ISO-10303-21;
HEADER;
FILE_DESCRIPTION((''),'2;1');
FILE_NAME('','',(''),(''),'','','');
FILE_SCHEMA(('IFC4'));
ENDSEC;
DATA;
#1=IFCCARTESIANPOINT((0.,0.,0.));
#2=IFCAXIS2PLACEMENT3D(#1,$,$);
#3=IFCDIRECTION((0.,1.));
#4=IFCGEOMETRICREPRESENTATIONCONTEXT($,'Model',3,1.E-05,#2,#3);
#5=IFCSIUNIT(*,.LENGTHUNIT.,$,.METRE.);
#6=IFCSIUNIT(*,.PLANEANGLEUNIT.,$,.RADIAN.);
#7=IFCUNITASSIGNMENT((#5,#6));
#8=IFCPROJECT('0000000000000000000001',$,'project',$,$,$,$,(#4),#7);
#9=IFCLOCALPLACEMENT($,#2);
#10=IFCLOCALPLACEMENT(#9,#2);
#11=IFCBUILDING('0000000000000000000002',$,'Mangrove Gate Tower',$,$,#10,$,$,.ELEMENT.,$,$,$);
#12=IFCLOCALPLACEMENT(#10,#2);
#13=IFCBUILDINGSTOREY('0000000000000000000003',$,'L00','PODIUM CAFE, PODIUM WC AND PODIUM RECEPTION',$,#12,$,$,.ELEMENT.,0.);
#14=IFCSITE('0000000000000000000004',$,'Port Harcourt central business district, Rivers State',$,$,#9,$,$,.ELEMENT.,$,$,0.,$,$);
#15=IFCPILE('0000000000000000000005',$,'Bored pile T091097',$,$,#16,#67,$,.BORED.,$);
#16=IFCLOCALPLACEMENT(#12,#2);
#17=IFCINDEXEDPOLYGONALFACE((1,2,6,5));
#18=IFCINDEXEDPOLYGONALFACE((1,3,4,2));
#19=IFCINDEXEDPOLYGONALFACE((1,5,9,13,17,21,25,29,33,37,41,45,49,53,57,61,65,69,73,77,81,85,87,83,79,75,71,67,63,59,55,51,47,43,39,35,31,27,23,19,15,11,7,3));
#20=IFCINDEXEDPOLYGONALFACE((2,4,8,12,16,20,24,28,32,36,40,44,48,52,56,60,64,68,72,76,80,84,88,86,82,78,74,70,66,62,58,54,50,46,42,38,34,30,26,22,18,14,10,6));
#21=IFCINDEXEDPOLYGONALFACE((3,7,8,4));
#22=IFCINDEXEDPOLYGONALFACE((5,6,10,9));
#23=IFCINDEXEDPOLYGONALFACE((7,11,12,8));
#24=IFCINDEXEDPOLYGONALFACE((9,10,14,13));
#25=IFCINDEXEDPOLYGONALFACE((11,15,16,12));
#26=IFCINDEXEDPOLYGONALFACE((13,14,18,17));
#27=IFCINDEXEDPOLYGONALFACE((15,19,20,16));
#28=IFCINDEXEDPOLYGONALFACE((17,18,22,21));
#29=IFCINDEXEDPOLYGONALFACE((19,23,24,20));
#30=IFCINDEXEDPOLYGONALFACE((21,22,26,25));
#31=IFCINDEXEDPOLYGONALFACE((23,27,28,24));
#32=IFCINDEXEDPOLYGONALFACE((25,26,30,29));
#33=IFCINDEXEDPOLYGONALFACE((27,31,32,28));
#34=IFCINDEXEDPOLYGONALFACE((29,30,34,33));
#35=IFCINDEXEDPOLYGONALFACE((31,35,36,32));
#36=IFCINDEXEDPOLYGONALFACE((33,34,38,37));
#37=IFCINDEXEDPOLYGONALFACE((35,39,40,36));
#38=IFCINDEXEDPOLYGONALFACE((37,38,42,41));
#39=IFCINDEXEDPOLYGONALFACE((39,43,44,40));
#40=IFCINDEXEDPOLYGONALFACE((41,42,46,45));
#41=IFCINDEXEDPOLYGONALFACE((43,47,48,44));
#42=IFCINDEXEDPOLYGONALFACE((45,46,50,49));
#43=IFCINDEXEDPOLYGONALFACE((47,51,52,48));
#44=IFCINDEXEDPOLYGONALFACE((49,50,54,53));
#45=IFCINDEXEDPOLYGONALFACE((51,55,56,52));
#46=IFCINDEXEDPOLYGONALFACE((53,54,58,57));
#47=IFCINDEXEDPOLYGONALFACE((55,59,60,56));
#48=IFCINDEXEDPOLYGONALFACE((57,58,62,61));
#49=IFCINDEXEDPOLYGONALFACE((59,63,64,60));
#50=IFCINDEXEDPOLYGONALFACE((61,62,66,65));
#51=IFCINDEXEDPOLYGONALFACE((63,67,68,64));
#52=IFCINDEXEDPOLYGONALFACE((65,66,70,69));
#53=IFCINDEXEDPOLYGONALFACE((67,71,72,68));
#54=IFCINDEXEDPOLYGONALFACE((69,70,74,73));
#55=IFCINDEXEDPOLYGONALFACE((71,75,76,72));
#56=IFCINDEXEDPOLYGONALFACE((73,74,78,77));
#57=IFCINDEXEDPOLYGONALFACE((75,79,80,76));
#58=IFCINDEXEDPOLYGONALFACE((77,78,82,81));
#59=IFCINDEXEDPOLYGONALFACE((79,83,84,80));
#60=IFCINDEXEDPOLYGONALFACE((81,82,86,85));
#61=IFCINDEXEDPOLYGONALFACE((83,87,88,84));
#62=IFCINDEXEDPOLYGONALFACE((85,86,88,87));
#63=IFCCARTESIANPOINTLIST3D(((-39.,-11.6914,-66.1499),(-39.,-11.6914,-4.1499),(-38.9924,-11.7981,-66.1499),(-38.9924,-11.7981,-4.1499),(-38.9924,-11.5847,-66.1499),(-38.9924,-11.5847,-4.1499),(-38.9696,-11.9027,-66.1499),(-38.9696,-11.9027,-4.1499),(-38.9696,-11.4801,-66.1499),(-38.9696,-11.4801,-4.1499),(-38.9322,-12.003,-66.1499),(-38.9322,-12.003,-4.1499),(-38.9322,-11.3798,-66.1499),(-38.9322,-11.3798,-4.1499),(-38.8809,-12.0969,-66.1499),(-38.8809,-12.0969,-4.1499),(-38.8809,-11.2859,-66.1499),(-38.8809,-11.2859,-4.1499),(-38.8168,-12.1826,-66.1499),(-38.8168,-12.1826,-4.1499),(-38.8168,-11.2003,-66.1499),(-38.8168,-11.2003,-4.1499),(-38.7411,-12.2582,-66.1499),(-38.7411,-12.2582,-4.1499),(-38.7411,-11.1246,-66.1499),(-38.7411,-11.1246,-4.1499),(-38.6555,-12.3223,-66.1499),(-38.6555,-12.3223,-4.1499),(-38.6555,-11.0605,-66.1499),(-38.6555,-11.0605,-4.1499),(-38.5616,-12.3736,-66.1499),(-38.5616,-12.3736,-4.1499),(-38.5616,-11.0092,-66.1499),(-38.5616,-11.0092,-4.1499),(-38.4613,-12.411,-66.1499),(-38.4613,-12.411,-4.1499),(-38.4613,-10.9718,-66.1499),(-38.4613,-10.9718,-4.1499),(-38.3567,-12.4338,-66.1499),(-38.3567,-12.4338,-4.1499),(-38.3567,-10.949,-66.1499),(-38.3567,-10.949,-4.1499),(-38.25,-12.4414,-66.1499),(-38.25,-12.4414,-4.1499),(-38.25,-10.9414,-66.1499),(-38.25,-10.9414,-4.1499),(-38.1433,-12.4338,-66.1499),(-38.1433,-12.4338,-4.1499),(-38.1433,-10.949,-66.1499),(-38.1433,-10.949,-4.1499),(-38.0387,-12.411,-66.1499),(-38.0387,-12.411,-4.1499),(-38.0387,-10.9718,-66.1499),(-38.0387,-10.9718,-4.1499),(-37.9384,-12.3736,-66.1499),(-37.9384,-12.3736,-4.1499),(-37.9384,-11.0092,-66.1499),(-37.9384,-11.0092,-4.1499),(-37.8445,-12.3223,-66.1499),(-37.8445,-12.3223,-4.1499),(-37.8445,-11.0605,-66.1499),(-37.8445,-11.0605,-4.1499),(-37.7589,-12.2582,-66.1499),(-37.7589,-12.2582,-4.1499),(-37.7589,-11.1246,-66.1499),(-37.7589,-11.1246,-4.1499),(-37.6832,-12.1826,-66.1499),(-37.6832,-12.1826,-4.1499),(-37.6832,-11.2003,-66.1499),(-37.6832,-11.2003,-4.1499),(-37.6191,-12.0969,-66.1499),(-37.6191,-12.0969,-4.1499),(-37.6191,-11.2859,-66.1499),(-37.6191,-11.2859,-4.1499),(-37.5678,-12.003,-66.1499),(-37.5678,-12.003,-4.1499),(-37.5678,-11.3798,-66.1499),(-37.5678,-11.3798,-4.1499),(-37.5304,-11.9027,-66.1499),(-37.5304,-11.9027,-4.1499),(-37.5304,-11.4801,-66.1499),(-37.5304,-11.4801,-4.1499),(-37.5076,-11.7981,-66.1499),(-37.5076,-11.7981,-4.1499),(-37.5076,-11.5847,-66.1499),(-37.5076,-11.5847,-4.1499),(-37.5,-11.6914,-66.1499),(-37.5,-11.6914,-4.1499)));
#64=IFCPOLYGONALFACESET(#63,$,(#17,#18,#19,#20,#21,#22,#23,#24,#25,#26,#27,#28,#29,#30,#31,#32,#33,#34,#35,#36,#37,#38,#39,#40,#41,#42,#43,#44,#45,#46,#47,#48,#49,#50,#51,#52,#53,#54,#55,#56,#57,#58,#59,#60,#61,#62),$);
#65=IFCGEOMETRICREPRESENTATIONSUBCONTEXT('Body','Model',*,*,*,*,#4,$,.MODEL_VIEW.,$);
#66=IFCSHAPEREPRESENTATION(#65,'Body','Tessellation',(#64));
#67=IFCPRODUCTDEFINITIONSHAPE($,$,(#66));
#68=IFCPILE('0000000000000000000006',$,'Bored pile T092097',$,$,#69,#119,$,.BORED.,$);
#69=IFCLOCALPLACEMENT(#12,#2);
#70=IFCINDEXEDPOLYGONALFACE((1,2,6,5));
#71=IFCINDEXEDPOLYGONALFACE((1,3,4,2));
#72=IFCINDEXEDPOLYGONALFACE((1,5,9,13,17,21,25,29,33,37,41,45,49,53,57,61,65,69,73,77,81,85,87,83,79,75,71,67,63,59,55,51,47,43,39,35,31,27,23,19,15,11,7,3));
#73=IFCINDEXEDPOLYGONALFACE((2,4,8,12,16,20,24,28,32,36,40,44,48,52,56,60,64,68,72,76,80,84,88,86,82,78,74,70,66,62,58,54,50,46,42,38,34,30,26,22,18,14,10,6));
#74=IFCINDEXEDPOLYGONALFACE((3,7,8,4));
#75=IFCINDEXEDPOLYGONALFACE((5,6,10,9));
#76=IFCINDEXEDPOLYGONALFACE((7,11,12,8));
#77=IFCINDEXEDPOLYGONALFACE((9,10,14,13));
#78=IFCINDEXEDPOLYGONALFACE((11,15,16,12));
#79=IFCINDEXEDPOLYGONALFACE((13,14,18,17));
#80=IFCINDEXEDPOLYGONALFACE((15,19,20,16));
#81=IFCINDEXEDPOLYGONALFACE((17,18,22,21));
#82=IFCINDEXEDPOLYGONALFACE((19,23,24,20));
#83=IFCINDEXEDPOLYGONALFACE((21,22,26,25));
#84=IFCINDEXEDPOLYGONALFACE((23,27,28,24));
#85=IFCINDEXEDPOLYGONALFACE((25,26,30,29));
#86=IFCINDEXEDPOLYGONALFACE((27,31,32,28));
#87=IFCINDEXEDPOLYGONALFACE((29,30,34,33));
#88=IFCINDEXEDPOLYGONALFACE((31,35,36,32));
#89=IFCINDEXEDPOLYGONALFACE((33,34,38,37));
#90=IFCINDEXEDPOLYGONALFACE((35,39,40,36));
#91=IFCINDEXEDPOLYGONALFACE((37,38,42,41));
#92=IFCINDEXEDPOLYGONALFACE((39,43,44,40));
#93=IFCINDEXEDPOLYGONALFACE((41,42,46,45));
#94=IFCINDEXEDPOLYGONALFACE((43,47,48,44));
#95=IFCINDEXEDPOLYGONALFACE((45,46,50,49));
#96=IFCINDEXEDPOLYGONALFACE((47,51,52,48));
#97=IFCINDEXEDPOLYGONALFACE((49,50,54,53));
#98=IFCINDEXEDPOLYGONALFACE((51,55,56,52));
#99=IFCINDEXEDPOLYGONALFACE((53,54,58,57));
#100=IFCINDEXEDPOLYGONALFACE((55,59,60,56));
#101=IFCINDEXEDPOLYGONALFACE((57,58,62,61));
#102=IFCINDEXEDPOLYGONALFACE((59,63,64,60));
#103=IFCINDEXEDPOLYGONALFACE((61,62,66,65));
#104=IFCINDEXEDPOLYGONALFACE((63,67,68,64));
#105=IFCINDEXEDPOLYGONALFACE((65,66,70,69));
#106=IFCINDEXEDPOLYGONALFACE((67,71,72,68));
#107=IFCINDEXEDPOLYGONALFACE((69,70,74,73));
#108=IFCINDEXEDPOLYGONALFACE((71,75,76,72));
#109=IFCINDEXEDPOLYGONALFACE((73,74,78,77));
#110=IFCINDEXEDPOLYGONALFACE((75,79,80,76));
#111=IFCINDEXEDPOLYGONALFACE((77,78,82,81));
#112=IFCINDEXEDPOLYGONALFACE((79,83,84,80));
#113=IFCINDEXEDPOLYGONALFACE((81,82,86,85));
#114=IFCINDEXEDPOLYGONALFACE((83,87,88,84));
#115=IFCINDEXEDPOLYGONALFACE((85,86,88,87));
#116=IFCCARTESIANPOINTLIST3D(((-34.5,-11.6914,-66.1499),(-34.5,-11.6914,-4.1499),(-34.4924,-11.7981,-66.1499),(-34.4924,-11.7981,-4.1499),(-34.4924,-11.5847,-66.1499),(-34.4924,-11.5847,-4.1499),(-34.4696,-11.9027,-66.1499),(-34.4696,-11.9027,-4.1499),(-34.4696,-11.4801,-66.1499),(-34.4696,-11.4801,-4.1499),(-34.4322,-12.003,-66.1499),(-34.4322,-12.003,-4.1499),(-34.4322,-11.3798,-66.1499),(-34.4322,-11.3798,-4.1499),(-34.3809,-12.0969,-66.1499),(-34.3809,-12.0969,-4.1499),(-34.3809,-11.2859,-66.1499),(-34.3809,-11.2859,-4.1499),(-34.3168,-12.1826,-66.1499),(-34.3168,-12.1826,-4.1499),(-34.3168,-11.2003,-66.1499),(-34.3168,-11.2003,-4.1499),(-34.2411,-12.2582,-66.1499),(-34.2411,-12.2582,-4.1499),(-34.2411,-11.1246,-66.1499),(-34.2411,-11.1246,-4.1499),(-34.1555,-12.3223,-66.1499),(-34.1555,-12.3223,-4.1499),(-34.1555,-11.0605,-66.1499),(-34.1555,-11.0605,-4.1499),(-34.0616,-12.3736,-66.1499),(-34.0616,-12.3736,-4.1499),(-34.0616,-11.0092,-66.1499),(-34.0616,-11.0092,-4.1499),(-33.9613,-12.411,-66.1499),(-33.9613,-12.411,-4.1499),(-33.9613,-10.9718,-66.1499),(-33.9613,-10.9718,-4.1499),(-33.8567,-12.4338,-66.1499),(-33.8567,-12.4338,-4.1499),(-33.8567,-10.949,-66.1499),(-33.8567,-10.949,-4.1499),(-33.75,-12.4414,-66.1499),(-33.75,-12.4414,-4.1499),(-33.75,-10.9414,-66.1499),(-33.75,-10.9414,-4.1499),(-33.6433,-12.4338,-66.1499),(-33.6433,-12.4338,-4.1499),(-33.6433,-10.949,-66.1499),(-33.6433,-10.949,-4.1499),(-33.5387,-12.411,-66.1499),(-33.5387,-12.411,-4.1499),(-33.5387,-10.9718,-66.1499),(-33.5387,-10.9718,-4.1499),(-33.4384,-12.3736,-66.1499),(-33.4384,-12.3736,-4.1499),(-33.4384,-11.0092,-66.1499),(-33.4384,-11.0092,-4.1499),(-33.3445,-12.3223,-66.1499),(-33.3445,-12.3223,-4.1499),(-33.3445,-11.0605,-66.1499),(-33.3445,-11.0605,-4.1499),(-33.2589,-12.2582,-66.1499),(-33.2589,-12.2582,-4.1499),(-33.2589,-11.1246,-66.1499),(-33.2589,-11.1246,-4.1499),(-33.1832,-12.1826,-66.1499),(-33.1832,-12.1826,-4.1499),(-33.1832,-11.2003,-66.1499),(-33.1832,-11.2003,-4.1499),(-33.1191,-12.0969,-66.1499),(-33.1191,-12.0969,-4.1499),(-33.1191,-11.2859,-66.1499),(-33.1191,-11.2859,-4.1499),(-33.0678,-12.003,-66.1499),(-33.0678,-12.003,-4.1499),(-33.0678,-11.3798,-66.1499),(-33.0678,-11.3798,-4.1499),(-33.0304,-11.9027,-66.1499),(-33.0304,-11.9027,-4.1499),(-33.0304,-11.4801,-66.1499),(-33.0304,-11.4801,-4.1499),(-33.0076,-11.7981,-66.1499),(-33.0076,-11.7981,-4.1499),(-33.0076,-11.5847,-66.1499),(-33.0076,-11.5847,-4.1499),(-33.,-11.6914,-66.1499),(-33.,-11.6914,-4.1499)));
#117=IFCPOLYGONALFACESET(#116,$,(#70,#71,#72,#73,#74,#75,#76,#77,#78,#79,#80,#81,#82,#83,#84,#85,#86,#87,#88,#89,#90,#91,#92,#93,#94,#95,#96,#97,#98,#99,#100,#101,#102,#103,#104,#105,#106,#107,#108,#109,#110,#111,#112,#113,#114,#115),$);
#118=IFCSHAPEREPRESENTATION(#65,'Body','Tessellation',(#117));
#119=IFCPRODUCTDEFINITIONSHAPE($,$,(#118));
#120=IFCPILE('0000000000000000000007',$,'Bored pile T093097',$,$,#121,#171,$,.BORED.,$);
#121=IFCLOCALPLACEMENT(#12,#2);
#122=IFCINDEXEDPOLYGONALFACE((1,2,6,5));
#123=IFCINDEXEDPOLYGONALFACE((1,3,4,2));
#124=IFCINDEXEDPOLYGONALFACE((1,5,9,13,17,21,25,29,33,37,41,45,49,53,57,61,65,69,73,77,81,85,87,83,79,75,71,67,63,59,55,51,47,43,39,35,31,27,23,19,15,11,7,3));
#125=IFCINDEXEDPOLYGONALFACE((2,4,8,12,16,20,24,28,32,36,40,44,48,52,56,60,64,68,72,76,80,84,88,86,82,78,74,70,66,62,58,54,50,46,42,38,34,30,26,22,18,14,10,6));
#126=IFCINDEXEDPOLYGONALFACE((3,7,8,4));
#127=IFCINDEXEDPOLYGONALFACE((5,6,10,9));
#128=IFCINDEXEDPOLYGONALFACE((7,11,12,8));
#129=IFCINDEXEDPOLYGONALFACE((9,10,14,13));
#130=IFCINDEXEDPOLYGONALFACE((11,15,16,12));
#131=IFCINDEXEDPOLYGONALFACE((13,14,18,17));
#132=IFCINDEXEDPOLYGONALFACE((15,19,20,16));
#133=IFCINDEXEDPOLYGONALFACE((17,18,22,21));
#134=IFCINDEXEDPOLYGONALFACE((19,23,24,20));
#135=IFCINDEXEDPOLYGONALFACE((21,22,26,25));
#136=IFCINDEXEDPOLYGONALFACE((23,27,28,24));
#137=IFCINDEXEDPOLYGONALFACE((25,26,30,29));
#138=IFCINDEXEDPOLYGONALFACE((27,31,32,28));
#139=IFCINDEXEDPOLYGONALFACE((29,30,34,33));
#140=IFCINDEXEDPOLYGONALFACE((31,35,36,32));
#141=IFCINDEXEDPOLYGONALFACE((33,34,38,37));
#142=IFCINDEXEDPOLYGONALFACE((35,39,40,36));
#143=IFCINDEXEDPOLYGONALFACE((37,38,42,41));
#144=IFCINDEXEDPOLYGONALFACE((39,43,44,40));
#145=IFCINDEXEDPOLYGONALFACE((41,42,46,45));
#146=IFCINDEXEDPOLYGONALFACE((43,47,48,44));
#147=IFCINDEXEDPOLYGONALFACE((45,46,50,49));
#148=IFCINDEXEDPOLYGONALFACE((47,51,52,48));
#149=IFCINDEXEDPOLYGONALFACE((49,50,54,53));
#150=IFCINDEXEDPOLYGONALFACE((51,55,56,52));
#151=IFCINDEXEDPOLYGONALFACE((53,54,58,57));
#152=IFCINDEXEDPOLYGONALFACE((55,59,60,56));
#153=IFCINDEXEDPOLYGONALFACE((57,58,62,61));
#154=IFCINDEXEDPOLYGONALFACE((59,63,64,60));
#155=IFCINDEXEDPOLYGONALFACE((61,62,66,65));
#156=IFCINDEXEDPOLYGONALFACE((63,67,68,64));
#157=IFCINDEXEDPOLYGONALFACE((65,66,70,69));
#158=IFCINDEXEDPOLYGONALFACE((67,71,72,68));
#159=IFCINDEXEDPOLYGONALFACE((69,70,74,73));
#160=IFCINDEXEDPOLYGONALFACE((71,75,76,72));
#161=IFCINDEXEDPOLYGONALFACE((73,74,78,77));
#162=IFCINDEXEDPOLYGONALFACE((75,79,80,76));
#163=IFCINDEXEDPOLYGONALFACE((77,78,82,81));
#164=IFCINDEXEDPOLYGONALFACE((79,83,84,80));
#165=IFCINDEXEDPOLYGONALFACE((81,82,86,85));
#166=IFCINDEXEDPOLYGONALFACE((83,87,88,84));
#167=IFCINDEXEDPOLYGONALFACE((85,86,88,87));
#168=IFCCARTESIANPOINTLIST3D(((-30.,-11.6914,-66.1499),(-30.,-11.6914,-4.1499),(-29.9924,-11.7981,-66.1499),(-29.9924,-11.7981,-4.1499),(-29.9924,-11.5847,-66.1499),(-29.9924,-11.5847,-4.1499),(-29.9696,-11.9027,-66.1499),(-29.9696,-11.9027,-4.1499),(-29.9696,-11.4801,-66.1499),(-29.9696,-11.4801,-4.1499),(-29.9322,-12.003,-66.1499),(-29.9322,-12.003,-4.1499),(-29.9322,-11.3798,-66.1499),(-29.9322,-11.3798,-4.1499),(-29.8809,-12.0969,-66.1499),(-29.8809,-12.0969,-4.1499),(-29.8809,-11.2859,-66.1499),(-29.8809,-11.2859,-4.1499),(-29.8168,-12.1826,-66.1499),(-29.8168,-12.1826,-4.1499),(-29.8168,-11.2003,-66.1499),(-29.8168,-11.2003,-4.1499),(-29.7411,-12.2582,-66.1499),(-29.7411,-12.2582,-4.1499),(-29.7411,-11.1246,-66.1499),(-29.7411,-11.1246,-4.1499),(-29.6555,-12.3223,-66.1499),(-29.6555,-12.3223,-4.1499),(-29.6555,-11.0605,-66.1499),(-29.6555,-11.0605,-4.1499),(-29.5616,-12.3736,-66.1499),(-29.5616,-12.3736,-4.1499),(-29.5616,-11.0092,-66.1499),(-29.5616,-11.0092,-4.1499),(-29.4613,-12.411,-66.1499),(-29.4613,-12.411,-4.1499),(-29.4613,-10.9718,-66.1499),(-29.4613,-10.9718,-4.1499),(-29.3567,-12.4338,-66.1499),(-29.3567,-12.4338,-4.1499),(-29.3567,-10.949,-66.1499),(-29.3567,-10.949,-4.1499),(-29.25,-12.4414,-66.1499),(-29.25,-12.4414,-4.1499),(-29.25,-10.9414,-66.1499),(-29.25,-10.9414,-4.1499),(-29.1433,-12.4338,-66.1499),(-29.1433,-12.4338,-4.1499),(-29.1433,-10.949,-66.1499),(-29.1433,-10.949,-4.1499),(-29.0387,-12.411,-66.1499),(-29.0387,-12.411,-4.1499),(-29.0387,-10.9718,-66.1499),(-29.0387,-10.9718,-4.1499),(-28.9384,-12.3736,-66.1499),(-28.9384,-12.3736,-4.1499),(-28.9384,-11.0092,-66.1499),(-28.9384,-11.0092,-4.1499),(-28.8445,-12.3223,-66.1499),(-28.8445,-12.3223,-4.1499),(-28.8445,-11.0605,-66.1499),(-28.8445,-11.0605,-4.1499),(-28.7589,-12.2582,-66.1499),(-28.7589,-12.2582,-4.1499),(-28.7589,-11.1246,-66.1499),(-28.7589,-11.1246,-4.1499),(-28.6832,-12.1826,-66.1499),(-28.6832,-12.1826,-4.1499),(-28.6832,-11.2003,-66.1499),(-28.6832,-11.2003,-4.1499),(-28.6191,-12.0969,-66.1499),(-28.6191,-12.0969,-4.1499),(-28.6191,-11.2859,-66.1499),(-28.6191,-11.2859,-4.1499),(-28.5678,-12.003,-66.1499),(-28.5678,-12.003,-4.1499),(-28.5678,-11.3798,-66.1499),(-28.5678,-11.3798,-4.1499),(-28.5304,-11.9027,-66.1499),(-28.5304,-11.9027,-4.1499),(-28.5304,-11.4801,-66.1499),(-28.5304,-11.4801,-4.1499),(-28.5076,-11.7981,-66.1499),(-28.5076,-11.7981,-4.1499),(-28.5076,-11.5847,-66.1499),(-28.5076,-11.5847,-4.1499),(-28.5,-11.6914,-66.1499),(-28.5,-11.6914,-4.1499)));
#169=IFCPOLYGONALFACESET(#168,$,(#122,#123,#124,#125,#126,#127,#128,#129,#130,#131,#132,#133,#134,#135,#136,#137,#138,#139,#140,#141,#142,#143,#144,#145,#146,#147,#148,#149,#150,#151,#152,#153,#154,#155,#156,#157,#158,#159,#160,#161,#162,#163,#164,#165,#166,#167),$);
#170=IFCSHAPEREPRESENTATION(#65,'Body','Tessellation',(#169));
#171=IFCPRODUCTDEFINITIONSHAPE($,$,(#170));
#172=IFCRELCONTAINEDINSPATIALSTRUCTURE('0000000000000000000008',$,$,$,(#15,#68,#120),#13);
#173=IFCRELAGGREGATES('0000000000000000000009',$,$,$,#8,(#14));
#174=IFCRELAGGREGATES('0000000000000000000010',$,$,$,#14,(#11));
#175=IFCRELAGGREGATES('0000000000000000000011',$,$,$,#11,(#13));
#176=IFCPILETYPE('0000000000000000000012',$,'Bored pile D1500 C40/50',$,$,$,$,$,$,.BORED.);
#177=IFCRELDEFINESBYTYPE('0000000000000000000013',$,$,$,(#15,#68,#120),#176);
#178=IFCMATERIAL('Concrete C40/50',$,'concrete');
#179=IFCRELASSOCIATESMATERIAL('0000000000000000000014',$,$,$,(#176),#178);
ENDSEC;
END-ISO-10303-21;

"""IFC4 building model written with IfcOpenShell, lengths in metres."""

from ifc_helpers import new_model, si_unit, direction, frame, origin, origin_2d, place, context, subcontext, project, spatial, circle, extrude, material, material_profile, profile_set, type_object, element, save


model = new_model("IFC4")

# Units and contexts
model_context = context("Model", 3, precision=1e-05, world=origin(), true_north=direction((0.0, 1.0)))
body_context = subcontext(model_context, "Body", "Model", "MODEL_VIEW")
ifc_project = project(units=[si_unit("LENGTHUNIT", "METRE"), si_unit("PLANEANGLEUNIT", "RADIAN")], contexts=[model_context])

# Site, building, storey
site_placement = place(None, origin())
site = spatial("IfcSite", under=ifc_project, at=site_placement, Name="Port Harcourt central business district, Rivers State", CompositionType="ELEMENT", RefElevation=0.0)
building_placement = place(site_placement, origin())
building = spatial("IfcBuilding", under=site, at=building_placement, Name="Mangrove Gate Tower", CompositionType="ELEMENT")
storey_placement = place(building_placement, origin())
storey = spatial("IfcBuildingStorey", under=building, at=storey_placement, Name="L00", Description="PODIUM CAFE, PODIUM WC AND PODIUM RECEPTION", CompositionType="ELEMENT", Elevation=0.0)

# Piles
ifc_material_1 = material(Name="Concrete C40/50", Category="concrete")
ifc_material_profile_1 = material_profile(ifc_material_1, circle(Radius=0.75, at=origin_2d()))
ifc_profile_set_1 = profile_set([ifc_material_profile_1], Name="Concrete C40/50")
pile_type = type_object("IfcPileType", Name="Bored pile D1500 C40/50", PredefinedType="BORED", material=ifc_profile_set_1)
for number, where, z_axis, x_axis, name in (
    (1, (-38.25, -11.6914, -4.1499), (0.0, 0.0, -1.0), (1.0, 0.0, 0.0), "Bored pile T091097"),
    (2, (-33.75, -11.6914, -4.1499), (0.0, 0.0, -1.0), (1.0, 0.0, 0.0), "Bored pile T092097"),
    (3, (-29.25, -11.6914, -4.1499), (0.0, 0.0, -1.0), (1.0, 0.0, 0.0), "Bored pile T093097"),
):
    element("IfcPile", number, at=place(storey_placement, frame(where, z_axis=z_axis, x_axis=x_axis)), inside=storey, type_object=pile_type, Name=name, PredefinedType="BORED", context=body_context, shape_type="SweptSolid", body=[
        extrude(circle(Radius=0.75, at=origin_2d()), origin(), (0.0, 0.0, 1.0), 62.0),
    ])

save(model, "model.ifc")
